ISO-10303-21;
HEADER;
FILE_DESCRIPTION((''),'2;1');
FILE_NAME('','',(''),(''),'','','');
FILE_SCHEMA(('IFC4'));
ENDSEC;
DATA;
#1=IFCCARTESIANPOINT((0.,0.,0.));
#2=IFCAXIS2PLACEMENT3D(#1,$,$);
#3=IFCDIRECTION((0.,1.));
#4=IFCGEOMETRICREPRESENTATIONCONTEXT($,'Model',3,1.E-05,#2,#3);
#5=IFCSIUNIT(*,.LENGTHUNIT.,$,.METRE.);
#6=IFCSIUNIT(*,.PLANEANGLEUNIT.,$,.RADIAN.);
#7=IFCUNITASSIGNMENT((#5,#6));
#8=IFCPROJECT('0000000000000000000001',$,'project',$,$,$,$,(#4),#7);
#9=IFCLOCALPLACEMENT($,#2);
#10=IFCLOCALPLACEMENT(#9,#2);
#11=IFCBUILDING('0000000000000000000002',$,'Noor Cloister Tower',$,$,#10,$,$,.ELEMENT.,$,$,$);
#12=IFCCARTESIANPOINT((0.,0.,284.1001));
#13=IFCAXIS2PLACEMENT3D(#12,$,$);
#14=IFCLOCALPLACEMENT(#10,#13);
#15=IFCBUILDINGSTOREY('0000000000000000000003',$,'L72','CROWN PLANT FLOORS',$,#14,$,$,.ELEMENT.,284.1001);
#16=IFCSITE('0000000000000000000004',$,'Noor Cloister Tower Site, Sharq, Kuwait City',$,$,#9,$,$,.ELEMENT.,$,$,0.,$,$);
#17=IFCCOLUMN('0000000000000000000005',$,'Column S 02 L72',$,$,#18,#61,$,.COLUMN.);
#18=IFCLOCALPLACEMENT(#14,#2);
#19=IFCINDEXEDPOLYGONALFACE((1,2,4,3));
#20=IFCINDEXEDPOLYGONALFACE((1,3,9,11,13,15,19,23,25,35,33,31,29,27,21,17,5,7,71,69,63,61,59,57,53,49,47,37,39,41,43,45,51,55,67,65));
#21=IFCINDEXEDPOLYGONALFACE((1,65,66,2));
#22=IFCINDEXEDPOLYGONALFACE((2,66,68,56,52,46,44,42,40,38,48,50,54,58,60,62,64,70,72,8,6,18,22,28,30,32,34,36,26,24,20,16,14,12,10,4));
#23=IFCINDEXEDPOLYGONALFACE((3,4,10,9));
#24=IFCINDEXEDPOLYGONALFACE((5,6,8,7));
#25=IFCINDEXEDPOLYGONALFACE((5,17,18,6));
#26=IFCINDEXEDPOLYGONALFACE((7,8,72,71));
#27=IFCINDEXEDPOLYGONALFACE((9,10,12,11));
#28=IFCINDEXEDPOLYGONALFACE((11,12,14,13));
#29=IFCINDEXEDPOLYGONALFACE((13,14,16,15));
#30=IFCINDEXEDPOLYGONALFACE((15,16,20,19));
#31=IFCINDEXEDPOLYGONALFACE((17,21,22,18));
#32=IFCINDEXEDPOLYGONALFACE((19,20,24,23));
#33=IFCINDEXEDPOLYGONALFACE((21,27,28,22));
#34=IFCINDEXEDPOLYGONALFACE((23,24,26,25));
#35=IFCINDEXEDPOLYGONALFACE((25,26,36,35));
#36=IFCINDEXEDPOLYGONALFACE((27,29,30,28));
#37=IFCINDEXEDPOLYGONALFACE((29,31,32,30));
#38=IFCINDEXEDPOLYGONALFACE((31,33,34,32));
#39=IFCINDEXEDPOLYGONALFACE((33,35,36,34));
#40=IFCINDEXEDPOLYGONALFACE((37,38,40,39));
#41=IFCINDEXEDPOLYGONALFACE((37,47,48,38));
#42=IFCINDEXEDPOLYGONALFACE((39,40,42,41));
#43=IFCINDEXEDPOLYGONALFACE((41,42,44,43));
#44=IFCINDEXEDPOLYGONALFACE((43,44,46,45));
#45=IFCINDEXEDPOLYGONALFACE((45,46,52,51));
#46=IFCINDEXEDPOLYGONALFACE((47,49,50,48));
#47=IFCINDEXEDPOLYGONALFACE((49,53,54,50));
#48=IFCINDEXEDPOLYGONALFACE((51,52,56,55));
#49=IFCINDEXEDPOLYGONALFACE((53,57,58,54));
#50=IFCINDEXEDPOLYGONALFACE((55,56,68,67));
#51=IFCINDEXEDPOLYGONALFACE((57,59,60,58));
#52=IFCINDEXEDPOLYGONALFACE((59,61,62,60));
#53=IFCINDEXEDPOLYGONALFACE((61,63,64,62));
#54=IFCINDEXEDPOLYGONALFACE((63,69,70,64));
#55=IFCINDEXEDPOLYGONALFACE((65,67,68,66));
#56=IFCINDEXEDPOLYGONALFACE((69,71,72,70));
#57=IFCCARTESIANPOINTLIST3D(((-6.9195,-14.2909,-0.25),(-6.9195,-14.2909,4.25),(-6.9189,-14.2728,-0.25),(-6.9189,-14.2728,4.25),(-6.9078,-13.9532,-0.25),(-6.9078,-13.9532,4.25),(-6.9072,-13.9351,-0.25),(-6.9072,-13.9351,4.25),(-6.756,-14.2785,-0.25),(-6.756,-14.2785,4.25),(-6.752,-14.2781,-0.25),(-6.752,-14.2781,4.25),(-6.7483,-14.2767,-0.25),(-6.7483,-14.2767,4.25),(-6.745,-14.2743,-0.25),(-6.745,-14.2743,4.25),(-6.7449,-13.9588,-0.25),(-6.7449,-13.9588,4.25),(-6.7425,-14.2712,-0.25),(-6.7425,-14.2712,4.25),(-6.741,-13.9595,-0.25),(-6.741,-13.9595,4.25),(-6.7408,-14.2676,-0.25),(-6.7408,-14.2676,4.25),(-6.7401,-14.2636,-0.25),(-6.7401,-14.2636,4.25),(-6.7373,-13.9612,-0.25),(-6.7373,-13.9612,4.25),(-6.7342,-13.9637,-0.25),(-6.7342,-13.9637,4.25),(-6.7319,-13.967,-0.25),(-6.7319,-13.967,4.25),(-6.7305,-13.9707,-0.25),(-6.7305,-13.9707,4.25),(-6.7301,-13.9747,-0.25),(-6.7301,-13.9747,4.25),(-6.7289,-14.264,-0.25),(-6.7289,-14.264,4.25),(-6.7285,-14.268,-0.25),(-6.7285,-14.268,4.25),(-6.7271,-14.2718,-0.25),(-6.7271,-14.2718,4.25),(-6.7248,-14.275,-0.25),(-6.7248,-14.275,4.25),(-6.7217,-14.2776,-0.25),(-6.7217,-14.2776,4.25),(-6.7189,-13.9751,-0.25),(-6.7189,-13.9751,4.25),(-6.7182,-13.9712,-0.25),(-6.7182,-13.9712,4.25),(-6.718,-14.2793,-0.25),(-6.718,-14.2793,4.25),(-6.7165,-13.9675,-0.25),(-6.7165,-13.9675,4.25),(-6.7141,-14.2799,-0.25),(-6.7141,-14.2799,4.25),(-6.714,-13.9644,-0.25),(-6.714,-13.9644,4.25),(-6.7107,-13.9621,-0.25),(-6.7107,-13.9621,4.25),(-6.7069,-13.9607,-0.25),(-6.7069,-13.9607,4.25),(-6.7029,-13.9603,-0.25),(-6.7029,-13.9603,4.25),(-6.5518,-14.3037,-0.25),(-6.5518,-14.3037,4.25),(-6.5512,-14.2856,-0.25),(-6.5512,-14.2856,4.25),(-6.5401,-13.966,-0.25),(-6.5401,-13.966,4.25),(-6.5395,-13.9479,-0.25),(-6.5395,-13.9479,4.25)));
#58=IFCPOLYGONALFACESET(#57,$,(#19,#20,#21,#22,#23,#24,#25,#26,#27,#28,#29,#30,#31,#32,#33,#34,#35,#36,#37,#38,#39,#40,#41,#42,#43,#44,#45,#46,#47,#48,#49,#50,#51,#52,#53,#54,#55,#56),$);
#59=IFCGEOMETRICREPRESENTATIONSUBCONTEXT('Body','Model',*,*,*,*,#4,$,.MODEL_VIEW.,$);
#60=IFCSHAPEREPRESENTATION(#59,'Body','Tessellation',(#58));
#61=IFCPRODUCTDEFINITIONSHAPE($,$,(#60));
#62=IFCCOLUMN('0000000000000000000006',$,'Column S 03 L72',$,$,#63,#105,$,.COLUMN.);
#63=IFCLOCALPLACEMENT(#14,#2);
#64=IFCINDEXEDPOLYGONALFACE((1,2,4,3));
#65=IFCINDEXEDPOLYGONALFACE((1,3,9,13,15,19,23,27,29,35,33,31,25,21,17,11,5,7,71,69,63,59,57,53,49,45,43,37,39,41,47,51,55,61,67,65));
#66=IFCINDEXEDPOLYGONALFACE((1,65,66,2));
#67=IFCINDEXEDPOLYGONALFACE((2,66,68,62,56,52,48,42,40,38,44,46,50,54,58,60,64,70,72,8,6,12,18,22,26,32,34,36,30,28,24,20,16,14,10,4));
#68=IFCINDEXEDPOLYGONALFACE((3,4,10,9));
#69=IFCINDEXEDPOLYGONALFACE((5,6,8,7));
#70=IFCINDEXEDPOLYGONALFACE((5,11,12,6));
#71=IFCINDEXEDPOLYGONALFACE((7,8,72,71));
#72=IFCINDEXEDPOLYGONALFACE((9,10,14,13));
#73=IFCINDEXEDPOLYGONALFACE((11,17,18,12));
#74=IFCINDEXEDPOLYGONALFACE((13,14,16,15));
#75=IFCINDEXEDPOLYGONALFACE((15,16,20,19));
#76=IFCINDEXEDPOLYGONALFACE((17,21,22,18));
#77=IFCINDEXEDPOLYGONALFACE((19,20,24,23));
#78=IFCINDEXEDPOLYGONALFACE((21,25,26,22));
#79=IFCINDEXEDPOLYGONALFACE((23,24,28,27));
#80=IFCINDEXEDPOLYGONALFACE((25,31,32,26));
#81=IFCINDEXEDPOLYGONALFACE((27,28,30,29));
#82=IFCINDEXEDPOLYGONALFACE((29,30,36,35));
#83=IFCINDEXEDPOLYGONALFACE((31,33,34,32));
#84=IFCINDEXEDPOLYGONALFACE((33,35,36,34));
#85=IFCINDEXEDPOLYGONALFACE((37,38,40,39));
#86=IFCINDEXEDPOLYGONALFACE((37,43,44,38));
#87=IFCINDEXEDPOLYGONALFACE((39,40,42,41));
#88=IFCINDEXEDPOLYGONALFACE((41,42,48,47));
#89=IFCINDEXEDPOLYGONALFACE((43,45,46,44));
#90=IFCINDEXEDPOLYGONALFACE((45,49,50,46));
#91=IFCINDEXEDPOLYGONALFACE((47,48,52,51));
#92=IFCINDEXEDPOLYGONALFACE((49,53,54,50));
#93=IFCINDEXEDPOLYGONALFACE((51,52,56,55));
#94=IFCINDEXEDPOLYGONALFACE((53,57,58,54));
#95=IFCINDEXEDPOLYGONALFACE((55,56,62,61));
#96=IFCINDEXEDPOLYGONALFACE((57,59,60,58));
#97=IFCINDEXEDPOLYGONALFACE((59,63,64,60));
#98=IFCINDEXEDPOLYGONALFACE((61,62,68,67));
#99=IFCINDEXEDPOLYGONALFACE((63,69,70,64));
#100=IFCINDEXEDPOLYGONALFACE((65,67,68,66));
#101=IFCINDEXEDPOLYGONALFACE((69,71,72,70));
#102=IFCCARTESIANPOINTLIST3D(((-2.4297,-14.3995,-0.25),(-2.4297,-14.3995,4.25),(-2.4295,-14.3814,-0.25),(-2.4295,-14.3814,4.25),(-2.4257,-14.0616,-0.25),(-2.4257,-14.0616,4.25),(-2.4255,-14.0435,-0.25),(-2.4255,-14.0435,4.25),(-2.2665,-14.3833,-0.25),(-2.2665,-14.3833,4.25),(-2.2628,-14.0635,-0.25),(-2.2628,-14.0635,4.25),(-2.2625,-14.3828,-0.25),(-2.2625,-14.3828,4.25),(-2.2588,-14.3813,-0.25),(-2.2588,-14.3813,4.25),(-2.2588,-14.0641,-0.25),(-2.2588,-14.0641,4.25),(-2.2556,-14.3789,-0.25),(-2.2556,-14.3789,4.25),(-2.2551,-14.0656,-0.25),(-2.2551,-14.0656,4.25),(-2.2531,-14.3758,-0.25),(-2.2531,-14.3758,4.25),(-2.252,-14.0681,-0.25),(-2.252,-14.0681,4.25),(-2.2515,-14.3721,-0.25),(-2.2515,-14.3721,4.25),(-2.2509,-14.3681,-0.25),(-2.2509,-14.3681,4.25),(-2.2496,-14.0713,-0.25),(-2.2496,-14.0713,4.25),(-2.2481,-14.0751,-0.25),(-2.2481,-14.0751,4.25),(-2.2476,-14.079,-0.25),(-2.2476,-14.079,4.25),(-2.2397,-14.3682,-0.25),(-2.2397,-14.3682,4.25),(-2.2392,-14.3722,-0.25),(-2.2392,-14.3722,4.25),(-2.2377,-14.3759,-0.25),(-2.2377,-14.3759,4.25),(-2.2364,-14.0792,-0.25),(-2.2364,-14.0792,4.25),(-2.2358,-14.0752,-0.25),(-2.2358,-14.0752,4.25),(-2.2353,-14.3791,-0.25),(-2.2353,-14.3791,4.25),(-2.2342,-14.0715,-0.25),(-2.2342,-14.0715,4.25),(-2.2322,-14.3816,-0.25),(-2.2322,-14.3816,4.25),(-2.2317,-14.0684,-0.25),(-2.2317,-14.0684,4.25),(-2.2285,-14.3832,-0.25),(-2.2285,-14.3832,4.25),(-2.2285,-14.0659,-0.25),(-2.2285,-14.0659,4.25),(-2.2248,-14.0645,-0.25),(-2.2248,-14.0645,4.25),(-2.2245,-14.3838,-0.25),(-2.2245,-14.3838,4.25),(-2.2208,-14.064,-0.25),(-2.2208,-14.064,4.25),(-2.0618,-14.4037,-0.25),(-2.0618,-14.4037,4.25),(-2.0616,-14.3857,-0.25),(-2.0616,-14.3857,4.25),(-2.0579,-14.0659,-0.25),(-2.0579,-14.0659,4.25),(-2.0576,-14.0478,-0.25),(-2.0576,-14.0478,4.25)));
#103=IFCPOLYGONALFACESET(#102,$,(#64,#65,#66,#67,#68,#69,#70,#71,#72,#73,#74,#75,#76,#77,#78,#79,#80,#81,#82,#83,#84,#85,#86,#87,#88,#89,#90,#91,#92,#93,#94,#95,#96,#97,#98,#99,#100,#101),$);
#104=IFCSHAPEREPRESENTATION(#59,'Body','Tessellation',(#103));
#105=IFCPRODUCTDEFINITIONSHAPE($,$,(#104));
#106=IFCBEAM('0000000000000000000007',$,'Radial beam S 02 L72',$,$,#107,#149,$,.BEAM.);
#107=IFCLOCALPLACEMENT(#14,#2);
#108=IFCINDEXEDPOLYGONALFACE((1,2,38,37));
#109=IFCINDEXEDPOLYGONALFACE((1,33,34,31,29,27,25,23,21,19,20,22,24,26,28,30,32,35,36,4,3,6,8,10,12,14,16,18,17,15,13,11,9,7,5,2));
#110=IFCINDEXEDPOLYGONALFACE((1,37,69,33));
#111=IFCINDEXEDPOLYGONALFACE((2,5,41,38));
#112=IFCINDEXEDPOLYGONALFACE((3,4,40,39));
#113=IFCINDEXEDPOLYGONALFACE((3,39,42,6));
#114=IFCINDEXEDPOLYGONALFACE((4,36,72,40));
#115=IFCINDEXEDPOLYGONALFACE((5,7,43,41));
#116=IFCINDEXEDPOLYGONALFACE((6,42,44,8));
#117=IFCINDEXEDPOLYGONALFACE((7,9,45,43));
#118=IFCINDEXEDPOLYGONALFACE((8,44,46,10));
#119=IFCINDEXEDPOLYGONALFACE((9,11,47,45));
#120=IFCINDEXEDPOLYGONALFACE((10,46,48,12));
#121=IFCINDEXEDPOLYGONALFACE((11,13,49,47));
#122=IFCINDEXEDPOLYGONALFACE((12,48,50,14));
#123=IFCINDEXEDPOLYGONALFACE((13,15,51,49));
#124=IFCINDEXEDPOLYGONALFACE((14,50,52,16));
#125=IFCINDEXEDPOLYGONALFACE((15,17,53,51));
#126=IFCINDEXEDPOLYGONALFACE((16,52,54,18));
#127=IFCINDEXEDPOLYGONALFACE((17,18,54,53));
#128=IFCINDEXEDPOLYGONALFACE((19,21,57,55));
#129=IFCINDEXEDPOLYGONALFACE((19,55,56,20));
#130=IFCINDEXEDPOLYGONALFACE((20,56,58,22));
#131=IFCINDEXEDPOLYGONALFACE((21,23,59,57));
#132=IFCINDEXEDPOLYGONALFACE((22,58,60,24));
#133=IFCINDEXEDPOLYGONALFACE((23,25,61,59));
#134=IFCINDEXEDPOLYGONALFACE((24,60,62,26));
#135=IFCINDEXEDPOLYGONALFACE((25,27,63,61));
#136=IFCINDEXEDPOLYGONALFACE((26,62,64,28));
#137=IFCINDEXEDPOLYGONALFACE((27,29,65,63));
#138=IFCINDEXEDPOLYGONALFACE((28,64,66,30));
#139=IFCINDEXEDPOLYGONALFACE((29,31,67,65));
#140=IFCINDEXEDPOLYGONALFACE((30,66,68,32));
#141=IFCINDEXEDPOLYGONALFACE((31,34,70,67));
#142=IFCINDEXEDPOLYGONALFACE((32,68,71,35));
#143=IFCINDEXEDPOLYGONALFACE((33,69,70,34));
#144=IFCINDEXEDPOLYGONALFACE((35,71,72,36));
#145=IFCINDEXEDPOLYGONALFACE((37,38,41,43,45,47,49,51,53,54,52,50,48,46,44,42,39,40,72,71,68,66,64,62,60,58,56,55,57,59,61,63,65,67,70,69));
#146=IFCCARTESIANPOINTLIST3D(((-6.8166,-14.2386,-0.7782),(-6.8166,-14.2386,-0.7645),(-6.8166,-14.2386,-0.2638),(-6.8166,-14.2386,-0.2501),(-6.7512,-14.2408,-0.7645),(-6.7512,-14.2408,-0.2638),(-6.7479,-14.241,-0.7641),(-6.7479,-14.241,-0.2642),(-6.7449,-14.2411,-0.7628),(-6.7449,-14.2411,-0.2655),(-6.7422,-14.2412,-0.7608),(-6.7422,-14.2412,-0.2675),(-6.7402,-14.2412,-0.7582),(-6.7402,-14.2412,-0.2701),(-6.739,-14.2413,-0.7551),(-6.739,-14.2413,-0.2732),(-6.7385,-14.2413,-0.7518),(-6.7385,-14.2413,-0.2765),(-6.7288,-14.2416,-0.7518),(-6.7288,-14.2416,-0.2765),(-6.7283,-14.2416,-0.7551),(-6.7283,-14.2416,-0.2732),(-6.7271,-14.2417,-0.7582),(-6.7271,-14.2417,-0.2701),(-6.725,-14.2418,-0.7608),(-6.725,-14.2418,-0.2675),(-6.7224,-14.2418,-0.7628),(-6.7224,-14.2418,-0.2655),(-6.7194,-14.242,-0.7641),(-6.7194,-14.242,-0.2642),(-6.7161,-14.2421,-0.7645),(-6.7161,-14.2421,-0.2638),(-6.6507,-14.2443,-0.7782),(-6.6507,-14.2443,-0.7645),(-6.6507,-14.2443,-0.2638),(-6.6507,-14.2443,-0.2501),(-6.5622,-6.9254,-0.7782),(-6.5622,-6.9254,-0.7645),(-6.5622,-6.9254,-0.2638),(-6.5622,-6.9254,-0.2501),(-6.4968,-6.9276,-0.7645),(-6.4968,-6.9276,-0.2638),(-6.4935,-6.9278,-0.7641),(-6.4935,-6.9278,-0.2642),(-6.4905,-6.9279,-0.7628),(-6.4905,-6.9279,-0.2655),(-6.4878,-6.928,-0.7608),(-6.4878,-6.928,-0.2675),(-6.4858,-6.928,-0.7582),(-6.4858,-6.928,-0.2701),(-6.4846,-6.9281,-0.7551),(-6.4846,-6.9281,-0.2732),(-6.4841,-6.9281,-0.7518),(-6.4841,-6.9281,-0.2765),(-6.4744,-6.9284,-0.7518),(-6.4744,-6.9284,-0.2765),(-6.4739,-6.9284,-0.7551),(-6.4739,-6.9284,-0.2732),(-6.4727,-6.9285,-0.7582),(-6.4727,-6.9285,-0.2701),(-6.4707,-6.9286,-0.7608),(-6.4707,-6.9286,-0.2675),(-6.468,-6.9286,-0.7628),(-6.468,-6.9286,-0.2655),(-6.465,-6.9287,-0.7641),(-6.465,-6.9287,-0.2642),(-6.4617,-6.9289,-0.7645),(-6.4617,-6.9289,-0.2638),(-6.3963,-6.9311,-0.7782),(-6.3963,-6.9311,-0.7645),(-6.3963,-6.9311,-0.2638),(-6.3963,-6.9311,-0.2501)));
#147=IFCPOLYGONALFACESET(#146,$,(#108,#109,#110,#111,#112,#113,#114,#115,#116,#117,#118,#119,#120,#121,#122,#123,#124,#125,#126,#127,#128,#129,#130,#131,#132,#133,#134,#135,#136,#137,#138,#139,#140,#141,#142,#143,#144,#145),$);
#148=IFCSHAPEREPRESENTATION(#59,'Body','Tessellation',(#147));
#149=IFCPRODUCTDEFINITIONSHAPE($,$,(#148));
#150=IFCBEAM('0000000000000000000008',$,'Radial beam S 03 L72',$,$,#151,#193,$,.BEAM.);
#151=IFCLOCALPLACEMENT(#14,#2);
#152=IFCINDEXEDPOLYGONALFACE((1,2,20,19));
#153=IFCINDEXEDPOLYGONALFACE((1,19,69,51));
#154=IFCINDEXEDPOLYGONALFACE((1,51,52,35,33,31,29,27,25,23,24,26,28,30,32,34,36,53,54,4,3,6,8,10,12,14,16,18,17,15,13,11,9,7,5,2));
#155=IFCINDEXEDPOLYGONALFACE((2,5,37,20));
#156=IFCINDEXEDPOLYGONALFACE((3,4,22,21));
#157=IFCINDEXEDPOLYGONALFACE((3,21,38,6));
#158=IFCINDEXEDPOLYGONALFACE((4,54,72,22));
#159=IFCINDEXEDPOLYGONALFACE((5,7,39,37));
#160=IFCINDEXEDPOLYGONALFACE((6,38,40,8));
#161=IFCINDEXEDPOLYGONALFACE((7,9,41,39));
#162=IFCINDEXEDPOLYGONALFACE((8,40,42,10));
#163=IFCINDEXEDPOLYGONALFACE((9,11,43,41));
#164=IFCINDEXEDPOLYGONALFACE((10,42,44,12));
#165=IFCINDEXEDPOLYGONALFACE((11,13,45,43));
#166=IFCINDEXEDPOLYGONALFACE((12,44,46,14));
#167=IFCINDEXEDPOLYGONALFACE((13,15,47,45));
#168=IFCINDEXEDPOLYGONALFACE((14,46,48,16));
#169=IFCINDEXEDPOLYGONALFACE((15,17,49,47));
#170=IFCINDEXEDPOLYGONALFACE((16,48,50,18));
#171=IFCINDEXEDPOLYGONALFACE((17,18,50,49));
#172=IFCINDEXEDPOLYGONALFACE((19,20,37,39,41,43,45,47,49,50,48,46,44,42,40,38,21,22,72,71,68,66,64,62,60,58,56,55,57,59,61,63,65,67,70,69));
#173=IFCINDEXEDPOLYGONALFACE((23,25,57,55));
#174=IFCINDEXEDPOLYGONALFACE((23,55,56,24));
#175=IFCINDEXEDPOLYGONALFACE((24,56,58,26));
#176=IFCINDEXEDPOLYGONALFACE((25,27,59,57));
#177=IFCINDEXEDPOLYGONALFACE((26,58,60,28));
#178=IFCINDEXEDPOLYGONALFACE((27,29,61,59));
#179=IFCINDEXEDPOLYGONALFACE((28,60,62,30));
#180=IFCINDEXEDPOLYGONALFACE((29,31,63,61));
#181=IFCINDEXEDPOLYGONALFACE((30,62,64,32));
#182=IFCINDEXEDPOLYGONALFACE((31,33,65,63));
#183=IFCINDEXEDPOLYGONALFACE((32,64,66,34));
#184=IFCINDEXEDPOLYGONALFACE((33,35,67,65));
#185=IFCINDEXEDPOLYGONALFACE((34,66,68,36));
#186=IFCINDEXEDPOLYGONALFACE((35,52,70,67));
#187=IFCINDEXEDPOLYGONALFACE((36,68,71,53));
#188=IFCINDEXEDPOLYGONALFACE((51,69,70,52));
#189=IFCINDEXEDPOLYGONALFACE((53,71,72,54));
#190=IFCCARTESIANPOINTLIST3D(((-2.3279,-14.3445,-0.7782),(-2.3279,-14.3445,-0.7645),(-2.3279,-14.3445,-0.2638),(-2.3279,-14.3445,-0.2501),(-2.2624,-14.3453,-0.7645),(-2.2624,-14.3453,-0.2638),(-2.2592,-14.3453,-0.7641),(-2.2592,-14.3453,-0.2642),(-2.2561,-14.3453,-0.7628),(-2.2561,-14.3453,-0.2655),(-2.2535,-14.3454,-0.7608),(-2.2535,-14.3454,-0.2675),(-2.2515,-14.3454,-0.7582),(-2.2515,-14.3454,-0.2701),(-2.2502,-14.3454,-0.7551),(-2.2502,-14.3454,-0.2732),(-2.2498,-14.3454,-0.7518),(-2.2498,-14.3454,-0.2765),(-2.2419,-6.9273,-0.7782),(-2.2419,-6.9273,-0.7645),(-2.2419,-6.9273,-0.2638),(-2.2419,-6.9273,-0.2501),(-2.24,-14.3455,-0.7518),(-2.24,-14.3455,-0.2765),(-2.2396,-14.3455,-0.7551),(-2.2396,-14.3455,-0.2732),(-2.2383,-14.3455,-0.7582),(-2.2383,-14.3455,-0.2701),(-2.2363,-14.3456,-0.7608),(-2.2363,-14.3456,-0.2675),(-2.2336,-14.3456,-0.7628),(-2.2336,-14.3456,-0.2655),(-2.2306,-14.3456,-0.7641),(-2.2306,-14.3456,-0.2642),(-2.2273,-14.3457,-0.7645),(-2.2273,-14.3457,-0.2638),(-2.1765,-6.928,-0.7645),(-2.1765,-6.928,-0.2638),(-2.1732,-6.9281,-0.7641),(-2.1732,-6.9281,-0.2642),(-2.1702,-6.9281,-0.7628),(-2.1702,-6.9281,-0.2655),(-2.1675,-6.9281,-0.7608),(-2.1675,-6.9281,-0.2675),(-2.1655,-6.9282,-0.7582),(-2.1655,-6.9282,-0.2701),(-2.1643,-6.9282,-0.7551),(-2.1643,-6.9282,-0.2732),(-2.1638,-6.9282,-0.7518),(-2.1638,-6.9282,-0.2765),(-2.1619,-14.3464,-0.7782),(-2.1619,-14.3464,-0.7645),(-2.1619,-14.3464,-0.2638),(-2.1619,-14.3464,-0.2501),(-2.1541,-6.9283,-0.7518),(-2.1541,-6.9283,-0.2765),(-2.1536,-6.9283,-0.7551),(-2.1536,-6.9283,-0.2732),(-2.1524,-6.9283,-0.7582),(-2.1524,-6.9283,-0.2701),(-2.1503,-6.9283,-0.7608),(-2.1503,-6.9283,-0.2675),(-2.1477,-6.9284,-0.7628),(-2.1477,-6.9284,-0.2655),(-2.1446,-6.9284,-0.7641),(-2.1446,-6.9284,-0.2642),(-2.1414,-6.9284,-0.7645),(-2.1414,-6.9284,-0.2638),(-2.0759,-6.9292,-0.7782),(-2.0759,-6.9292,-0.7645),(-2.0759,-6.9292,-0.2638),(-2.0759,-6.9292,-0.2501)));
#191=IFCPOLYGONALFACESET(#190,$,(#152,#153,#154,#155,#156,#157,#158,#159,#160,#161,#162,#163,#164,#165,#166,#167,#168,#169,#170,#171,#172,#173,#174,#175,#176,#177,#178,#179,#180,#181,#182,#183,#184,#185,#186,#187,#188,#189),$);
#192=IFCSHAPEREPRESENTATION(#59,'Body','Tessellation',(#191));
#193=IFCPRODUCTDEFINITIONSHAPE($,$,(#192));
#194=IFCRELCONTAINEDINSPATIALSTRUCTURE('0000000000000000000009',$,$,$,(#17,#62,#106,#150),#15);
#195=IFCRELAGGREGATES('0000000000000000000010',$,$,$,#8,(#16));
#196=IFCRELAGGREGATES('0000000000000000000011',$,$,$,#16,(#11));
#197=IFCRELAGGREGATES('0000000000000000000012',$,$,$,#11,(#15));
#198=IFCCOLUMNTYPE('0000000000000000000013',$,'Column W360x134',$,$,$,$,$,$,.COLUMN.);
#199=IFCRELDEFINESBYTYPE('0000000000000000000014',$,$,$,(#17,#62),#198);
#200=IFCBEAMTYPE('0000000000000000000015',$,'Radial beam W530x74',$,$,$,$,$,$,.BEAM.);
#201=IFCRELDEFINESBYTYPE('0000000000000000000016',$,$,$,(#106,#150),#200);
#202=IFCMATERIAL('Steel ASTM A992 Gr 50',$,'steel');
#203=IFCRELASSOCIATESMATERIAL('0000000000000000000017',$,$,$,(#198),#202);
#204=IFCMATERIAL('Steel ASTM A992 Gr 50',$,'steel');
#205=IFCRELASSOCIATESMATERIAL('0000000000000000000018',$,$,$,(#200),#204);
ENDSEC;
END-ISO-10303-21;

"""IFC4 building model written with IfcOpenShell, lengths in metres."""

from ifc_helpers import new_model, si_unit, direction, frame, origin, origin_2d, place, context, subcontext, project, spatial, i_section, extrude, material, material_profile, profile_set, type_object, element, save


model = new_model("IFC4")

# Units and contexts
model_context = context("Model", 3, precision=1e-05, world=origin(), true_north=direction((0.0, 1.0)))
body_context = subcontext(model_context, "Body", "Model", "MODEL_VIEW")
ifc_project = project(units=[si_unit("LENGTHUNIT", "METRE"), si_unit("PLANEANGLEUNIT", "RADIAN")], contexts=[model_context])

# Site, building, storey
site_placement = place(None, origin())
site = spatial("IfcSite", under=ifc_project, at=site_placement, Name="Noor Cloister Tower Site, Sharq, Kuwait City", CompositionType="ELEMENT", RefElevation=0.0)
building_placement = place(site_placement, origin())
building = spatial("IfcBuilding", under=site, at=building_placement, Name="Noor Cloister Tower", CompositionType="ELEMENT")
storey_placement = place(building_placement, frame((0.0, 0.0, 284.1001)))
storey = spatial("IfcBuildingStorey", under=building, at=storey_placement, Name="L72", Description="CROWN PLANT FLOORS", CompositionType="ELEMENT", Elevation=284.1001)

# Columns
ifc_material_1 = material(Name="Steel ASTM A992 Gr 50", Category="steel")
ifc_material_profile_1 = material_profile(ifc_material_1, i_section(OverallWidth=0.3679, OverallDepth=0.356, WebThickness=0.0112, FlangeThickness=0.0181, FilletRadius=0.0154, at=origin_2d()), Name="W360x134")
ifc_profile_set_1 = profile_set([ifc_material_profile_1], Name="Steel ASTM A992 Gr 50")
column_type = type_object("IfcColumnType", Name="Column W360x134", PredefinedType="COLUMN", material=ifc_profile_set_1)
for number, where, z_axis, x_axis, name in (
    (1, (-6.7295, -14.1194, -0.25), (0.0, 0.0, 1.0), (0.999395, -0.034782, 0.0), "Column S 02 L72"),
    (2, (-2.2437, -14.2236, -0.25), (0.0, 0.0, 1.0), (0.999933, -0.011596, 0.0), "Column S 03 L72"),
):
    element("IfcColumn", number, at=place(storey_placement, frame(where, z_axis=z_axis, x_axis=x_axis)), inside=storey, type_object=column_type, Name=name, PredefinedType="COLUMN", context=body_context, shape_type="SweptSolid", body=[
        extrude(i_section(OverallWidth=0.3679, OverallDepth=0.356, WebThickness=0.0112, FlangeThickness=0.0181, FilletRadius=0.0154, at=origin_2d()), origin(), (0.0, 0.0, 1.0), 4.5),
    ])

# Beams
ifc_material_2 = material(Name="Steel ASTM A992 Gr 50", Category="steel")
ifc_material_profile_2 = material_profile(ifc_material_2, i_section(OverallWidth=0.166, OverallDepth=0.5281, WebThickness=0.0098, FlangeThickness=0.0137, FilletRadius=0.0127, at=origin_2d()), Name="W530x74")
ifc_profile_set_2 = profile_set([ifc_material_profile_2], Name="Steel ASTM A992 Gr 50")
beam_type_1 = type_object("IfcBeamType", Name="Radial beam W530x74", PredefinedType="BEAM", material=ifc_profile_set_2)
beam_1_placement = place(storey_placement, frame((-6.7336, -14.2415, -0.5142), z_axis=(0.034764, 0.999396, 0.0), x_axis=(-0.999396, 0.034764, 0.0)))
element("IfcBeam", 3, at=beam_1_placement, inside=storey, type_object=beam_type_1, Name="Radial beam S 02 L72", PredefinedType="BEAM", context=body_context, shape_type="SweptSolid", body=[
    extrude(i_section(OverallWidth=0.166, OverallDepth=0.5281, WebThickness=0.0098, FlangeThickness=0.0137, FilletRadius=0.0127, at=origin_2d()), origin(), (0.0, 0.0, 1.0), 7.3176),
])
beam_2_placement = place(storey_placement, frame((-2.2449, -14.3455, -0.5142), z_axis=(0.011585, 0.999933, 0.0), x_axis=(-0.999933, 0.011585, 0.0)))
element("IfcBeam", 4, at=beam_2_placement, inside=storey, type_object=beam_type_1, Name="Radial beam S 03 L72", PredefinedType="BEAM", context=body_context, shape_type="SweptSolid", body=[
    extrude(i_section(OverallWidth=0.166, OverallDepth=0.5281, WebThickness=0.0098, FlangeThickness=0.0137, FilletRadius=0.0127, at=origin_2d()), origin(), (0.0, 0.0, 1.0), 7.4177),
])

save(model, "model.ifc")
